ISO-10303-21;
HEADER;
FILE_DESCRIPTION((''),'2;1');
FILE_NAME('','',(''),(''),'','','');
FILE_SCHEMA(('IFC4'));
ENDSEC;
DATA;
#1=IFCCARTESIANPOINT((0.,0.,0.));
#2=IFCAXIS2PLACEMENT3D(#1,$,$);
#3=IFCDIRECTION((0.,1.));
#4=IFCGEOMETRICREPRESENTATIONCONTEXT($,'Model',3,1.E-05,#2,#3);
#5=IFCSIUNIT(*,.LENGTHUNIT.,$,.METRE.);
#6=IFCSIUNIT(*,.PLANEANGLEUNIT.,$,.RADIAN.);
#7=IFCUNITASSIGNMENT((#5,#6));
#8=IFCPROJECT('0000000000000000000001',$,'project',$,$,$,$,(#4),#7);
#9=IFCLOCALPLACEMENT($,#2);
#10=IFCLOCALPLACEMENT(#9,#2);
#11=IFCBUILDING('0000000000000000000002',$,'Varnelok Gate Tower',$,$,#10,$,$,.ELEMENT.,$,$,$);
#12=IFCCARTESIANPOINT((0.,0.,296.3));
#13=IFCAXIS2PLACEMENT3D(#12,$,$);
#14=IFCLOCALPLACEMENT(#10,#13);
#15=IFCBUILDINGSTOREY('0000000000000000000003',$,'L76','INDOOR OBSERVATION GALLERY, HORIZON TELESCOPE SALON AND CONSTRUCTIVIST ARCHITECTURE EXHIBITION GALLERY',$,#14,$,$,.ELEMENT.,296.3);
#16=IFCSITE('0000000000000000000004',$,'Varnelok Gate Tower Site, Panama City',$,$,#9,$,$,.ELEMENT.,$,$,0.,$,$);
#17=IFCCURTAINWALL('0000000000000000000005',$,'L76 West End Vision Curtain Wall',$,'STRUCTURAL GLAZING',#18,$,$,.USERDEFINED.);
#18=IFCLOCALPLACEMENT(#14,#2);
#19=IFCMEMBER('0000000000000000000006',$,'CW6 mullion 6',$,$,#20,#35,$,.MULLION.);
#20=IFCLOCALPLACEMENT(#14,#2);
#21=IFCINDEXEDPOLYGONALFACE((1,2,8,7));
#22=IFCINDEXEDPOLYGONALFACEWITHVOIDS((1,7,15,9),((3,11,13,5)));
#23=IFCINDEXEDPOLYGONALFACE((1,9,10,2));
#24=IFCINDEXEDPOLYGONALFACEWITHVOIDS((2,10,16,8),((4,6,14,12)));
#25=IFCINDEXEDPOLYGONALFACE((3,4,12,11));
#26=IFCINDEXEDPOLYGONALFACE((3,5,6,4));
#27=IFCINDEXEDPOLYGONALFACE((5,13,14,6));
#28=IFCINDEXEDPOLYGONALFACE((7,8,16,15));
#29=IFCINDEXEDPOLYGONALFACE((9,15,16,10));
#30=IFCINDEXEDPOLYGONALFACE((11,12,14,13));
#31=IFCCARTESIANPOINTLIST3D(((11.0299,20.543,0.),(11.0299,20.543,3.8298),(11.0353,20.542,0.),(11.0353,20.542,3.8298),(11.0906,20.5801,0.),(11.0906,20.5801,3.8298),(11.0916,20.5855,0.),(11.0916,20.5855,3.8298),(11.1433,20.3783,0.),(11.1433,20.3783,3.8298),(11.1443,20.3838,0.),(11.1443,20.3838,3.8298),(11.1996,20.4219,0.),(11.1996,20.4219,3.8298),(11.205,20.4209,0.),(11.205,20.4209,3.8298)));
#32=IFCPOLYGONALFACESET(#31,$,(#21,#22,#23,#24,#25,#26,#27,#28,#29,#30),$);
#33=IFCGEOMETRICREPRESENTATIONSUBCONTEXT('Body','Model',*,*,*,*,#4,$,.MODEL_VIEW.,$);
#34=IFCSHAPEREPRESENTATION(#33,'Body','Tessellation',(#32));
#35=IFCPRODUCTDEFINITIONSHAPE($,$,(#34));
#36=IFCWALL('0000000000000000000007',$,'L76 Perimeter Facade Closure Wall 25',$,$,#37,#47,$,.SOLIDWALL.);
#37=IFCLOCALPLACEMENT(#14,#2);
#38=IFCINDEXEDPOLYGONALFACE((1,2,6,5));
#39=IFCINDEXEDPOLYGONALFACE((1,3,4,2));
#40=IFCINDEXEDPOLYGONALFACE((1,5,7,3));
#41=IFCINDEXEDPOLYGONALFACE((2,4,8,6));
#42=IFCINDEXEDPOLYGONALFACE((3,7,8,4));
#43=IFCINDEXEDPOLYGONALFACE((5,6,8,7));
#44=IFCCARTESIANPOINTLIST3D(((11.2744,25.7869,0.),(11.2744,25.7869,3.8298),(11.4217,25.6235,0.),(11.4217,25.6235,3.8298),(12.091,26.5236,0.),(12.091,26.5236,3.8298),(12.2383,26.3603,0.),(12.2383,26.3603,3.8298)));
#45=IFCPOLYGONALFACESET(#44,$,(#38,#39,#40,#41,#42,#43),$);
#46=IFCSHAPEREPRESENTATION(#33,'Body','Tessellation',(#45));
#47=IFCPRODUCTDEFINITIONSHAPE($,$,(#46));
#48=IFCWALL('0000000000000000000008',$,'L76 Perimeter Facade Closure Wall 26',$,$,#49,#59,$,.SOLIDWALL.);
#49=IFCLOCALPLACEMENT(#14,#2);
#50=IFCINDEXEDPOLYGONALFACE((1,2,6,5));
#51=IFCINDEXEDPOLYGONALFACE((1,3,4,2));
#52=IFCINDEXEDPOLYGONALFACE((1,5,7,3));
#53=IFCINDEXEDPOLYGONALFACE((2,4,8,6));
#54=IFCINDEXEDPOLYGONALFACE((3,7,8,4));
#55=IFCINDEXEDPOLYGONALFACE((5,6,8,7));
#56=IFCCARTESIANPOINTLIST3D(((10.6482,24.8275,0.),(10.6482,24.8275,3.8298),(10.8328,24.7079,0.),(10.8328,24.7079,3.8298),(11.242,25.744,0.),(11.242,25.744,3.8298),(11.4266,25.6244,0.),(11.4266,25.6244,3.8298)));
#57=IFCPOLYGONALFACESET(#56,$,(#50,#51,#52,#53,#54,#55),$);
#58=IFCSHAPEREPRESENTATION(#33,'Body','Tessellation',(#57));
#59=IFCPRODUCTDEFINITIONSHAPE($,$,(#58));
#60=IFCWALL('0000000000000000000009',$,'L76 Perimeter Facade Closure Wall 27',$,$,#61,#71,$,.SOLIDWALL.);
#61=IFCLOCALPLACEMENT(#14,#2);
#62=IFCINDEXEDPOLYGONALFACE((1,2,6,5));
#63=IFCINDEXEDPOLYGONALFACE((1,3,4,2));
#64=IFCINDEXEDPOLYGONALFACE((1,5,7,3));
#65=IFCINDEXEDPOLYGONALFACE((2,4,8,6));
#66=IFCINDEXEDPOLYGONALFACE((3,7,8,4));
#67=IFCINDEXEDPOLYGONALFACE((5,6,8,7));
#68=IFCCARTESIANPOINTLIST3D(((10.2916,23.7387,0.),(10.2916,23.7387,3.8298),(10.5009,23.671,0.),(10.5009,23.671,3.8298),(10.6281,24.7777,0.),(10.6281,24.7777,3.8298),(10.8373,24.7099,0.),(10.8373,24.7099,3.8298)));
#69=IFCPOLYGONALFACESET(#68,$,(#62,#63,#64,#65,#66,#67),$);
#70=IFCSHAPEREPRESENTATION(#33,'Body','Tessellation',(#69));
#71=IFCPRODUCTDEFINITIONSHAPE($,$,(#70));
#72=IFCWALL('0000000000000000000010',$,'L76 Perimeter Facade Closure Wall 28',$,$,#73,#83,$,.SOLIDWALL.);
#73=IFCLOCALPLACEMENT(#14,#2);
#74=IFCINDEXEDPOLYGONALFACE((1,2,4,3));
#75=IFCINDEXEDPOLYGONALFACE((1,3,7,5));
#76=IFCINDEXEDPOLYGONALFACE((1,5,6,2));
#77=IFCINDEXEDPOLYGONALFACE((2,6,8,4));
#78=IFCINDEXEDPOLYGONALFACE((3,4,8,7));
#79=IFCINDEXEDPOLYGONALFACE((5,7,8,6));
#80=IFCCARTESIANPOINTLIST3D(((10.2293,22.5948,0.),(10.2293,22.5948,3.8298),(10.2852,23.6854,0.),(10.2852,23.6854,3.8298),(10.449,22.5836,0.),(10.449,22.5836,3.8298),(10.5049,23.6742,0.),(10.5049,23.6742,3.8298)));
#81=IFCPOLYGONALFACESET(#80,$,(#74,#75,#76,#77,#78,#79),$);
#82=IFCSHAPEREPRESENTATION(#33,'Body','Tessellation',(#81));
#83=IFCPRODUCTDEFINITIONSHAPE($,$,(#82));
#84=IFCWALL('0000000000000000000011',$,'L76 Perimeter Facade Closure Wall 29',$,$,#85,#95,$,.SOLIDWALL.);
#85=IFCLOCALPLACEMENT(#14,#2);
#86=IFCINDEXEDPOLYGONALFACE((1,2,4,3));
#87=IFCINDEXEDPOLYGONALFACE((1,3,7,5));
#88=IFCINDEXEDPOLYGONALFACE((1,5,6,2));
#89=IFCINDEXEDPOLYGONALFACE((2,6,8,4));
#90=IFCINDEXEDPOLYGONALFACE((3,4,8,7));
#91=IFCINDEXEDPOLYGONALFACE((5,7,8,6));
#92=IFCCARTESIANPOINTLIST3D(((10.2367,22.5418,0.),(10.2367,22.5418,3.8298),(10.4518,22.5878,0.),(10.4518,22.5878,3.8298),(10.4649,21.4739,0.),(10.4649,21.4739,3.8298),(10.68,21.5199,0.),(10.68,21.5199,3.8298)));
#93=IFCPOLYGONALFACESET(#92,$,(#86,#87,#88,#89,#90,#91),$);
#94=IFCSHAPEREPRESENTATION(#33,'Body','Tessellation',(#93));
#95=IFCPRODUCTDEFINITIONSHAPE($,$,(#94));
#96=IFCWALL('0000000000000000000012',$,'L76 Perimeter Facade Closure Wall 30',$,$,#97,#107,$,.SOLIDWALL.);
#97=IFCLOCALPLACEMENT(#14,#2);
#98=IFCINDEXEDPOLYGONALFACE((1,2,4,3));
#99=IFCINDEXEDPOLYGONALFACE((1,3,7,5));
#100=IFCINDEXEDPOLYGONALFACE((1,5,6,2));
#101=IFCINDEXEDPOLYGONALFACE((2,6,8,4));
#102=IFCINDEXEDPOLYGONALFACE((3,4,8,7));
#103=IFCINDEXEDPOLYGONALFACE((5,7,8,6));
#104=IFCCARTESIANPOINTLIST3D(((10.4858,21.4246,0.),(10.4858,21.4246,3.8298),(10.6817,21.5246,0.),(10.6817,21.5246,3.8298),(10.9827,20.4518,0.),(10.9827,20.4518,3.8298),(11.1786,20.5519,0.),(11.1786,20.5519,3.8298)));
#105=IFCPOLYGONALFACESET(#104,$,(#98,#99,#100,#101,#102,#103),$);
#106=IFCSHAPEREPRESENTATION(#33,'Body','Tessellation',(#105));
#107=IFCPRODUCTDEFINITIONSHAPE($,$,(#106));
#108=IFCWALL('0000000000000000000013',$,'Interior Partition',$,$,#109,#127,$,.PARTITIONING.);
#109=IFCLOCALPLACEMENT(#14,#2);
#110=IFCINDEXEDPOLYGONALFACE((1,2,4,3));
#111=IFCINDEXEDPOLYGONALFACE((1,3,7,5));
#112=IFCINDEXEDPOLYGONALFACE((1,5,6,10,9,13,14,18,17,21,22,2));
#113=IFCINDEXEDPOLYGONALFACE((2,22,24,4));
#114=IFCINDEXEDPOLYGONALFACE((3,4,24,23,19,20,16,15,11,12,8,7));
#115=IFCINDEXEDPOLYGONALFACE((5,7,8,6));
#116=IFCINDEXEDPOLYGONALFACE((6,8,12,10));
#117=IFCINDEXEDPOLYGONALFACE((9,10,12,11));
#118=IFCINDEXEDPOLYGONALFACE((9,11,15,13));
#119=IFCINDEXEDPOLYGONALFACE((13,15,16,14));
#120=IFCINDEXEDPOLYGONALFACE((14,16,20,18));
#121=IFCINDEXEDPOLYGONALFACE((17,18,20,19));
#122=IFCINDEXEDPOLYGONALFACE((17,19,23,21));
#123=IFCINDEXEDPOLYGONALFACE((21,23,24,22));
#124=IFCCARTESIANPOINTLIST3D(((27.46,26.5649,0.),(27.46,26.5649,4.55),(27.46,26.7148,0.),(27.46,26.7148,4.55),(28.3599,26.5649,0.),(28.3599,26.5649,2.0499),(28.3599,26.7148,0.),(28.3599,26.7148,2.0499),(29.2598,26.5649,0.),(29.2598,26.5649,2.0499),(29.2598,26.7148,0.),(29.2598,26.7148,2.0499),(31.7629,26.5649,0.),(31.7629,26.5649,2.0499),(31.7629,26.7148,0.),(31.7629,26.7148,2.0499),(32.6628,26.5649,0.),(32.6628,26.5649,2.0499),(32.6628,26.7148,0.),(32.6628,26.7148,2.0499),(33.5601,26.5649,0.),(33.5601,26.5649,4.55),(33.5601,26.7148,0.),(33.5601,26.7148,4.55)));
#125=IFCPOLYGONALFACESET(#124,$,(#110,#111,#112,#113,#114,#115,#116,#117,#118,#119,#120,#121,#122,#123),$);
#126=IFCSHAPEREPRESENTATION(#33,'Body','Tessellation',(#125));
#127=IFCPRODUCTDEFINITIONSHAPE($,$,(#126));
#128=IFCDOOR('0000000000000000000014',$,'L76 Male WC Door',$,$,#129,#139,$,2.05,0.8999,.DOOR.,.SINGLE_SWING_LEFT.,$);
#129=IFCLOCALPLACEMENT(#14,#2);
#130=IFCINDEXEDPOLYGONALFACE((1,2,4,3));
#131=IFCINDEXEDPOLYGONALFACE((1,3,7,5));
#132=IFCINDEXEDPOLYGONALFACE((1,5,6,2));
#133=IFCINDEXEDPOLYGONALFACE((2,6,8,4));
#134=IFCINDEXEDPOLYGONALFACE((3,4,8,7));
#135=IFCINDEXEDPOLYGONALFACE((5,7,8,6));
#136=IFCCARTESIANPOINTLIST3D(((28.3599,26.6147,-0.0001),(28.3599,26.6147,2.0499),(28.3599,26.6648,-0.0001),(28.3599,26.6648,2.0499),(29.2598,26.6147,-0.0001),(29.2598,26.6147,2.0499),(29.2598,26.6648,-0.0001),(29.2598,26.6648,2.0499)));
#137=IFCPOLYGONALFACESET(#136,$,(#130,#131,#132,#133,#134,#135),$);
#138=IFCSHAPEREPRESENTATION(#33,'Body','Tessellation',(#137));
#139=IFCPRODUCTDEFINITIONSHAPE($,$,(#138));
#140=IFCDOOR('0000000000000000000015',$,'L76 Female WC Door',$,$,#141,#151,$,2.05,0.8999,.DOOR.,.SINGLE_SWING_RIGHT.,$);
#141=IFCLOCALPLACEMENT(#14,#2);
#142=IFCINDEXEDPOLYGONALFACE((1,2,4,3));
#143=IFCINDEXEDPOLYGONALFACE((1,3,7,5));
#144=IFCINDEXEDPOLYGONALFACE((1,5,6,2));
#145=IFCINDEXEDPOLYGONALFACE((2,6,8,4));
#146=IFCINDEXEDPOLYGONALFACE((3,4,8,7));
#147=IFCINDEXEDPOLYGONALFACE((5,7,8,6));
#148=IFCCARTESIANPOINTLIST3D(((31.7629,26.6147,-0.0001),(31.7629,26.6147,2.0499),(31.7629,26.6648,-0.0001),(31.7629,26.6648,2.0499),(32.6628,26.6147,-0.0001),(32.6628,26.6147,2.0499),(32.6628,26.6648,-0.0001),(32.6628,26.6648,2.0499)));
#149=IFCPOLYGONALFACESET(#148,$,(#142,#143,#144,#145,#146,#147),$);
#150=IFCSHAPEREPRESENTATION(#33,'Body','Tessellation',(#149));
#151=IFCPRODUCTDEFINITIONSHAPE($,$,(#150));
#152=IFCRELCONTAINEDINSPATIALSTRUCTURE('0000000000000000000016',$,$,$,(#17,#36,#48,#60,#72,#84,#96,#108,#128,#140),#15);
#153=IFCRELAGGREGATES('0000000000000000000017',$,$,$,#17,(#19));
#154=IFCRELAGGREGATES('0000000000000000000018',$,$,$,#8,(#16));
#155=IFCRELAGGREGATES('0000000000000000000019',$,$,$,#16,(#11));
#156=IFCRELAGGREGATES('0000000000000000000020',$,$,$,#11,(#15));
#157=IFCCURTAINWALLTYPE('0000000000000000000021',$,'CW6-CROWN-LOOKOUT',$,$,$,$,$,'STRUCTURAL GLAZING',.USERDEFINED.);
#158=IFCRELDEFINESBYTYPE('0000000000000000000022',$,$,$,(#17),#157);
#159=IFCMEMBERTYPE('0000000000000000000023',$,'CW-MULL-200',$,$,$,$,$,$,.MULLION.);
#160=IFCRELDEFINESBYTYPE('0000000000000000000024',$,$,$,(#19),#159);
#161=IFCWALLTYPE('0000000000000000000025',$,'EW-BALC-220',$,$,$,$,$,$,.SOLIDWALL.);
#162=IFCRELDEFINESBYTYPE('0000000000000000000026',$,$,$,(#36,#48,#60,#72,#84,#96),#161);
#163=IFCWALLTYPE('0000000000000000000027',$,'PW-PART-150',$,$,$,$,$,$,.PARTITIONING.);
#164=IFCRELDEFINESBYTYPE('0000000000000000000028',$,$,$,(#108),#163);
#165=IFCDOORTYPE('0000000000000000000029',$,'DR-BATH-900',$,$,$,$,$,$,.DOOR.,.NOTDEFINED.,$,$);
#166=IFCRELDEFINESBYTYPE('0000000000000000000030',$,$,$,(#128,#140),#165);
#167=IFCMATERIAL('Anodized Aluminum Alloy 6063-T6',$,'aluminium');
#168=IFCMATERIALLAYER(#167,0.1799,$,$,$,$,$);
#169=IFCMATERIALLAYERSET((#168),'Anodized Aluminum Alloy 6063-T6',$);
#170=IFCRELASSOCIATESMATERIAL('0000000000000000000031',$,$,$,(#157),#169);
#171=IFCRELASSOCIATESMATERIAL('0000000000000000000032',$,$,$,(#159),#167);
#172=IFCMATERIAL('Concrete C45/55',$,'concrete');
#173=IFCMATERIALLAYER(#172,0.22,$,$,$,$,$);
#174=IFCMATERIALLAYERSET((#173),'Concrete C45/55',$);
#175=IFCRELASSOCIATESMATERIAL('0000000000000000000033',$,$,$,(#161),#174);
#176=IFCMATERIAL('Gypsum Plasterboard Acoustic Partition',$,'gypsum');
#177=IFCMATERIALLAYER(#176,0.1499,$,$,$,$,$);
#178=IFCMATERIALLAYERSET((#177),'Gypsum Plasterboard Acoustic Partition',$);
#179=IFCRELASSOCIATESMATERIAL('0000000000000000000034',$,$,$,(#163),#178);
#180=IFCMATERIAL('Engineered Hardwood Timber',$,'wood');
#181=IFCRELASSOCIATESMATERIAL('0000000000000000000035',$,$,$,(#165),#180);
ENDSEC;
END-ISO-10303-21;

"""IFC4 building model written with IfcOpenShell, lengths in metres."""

from ifc_helpers import new_model, si_unit, direction, frame, frame_2d, origin, origin_2d, place, context, subcontext, project, spatial, rectangle, hollow_rectangle, extrude, material, layer, layer_set, material_profile, profile_set, type_object, element, fill, aggregate, save


model = new_model("IFC4")

# Units and contexts
model_context = context("Model", 3, precision=1e-05, world=origin(), true_north=direction((0.0, 1.0)))
body_context = subcontext(model_context, "Body", "Model", "MODEL_VIEW")
ifc_project = project(units=[si_unit("LENGTHUNIT", "METRE"), si_unit("PLANEANGLEUNIT", "RADIAN")], contexts=[model_context])

# Site, building, storey
site_placement = place(None, origin())
site = spatial("IfcSite", under=ifc_project, at=site_placement, Name="Varnelok Gate Tower Site, Panama City", CompositionType="ELEMENT", RefElevation=0.0)
building_placement = place(site_placement, origin())
building = spatial("IfcBuilding", under=site, at=building_placement, Name="Varnelok Gate Tower", CompositionType="ELEMENT")
storey_placement = place(building_placement, frame((0.0, 0.0, 296.3)))
storey = spatial("IfcBuildingStorey", under=building, at=storey_placement, Name="L76", Description="INDOOR OBSERVATION GALLERY, HORIZON TELESCOPE SALON AND CONSTRUCTIVIST ARCHITECTURE EXHIBITION GALLERY", CompositionType="ELEMENT", Elevation=296.3)

# Curtain wall, member
ifc_material_1 = material(Name="Anodized Aluminum Alloy 6063-T6", Category="aluminium")
ifc_layer_1 = layer(ifc_material_1, 0.1799)
ifc_layer_set_1 = layer_set([ifc_layer_1], Name="Anodized Aluminum Alloy 6063-T6")
curtain_wall_type = type_object("IfcCurtainWallType", Name="CW6-CROWN-LOOKOUT", ElementType="STRUCTURAL GLAZING", PredefinedType="USERDEFINED", material=ifc_layer_set_1)
curtain_wall_placement = place(storey_placement, origin())
curtain_wall = element("IfcCurtainWall", 1, at=curtain_wall_placement, inside=storey, type_object=curtain_wall_type, Name="L76 West End Vision Curtain Wall", ObjectType="STRUCTURAL GLAZING", PredefinedType="USERDEFINED")
ifc_material_profile_1 = material_profile(ifc_material_1, hollow_rectangle(XDim=0.075, YDim=0.2, WallThickness=0.0039, at=origin_2d()), Name="ALU200X75X4")
ifc_profile_set_1 = profile_set([ifc_material_profile_1], Name="Anodized Aluminum Alloy 6063-T6")
member_type = type_object("IfcMemberType", Name="CW-MULL-200", PredefinedType="MULLION", material=ifc_profile_set_1)
member_placement = place(storey_placement, frame((11.1174, 20.4819, 0.0), z_axis=(0.0, 0.0, 1.0), x_axis=(-0.823532, -0.56727, 0.0)))
member = element("IfcMember", 2, at=member_placement, type_object=member_type, Name="CW6 mullion 6", PredefinedType="MULLION", context=body_context, shape_type="SweptSolid", body=[
    extrude(hollow_rectangle(XDim=0.075, YDim=0.2, WallThickness=0.0039, at=origin_2d()), origin(), (0.0, 0.0, 1.0), 3.8298),
])
aggregate(curtain_wall, [member])

# Walls
ifc_material_2 = material(Name="Concrete C45/55", Category="concrete")
ifc_layer_2 = layer(ifc_material_2, 0.22)
ifc_layer_set_2 = layer_set([ifc_layer_2], Name="Concrete C45/55")
wall_type_1 = type_object("IfcWallType", Name="EW-BALC-220", PredefinedType="SOLIDWALL", material=ifc_layer_set_2)
wall_1_placement = place(storey_placement, frame((12.1646, 26.4419, 0.0), z_axis=(0.0, 0.0, 1.0), x_axis=(-0.742466, -0.669884, 0.0)))
element("IfcWall", 3, at=wall_1_placement, inside=storey, type_object=wall_type_1, Name="L76 Perimeter Facade Closure Wall 25", PredefinedType="SOLIDWALL", context=body_context, shape_type="SweptSolid", body=[
    extrude(rectangle(XDim=1.0999, YDim=0.22, at=frame_2d((0.5498, 0.0))), origin(), (0.0, 0.0, 1.0), 3.8298),
])
for number, where, z_axis, x_axis, name in (
    (4, (11.3342, 25.6841, 0.0), (0.0, 0.0, 1.0), (-0.543715, -0.83927, 0.0), "L76 Perimeter Facade Closure Wall 26"),
    (5, (10.7327, 24.7437, 0.0), (0.0, 0.0, 1.0), (-0.3081, -0.951354, 0.0), "L76 Perimeter Facade Closure Wall 27"),
    (6, (10.395, 23.6797, 0.0), (0.0, 0.0, 1.0), (-0.051198, -0.998689, 0.0), "L76 Perimeter Facade Closure Wall 28"),
    (7, (10.3442, 22.5647, 0.0), (0.0, 0.0, 1.0), (0.20904, -0.977907, 0.0), "L76 Perimeter Facade Closure Wall 29"),
):
    element("IfcWall", number, at=place(storey_placement, frame(where, z_axis=z_axis, x_axis=x_axis)), inside=storey, type_object=wall_type_1, Name=name, PredefinedType="SOLIDWALL", context=body_context, shape_type="SweptSolid", body=[
        extrude(rectangle(XDim=1.092, YDim=0.22, at=frame_2d((0.5459, 0.0))), origin(), (0.0, 0.0, 1.0), 3.8298),
    ])
wall_2_placement = place(storey_placement, frame((10.5837, 21.4746, 0.0), z_axis=(0.0, 0.0, 1.0), x_axis=(0.454887, -0.890549, 0.0)))
element("IfcWall", 8, at=wall_2_placement, inside=storey, type_object=wall_type_1, Name="L76 Perimeter Facade Closure Wall 30", PredefinedType="SOLIDWALL", context=body_context, shape_type="SweptSolid", body=[
    extrude(rectangle(XDim=1.0923, YDim=0.22, at=frame_2d((0.5461, 0.0))), origin(), (0.0, 0.0, 1.0), 3.8298),
])

# Wall, openings, doors
ifc_material_3 = material(Name="Gypsum Plasterboard Acoustic Partition", Category="gypsum")
ifc_layer_3 = layer(ifc_material_3, 0.1499)
ifc_layer_set_3 = layer_set([ifc_layer_3], Name="Gypsum Plasterboard Acoustic Partition")
wall_type_2 = type_object("IfcWallType", Name="PW-PART-150", PredefinedType="PARTITIONING", material=ifc_layer_set_3)
wall_3_placement = place(storey_placement, frame((27.46, 26.6399, 0.0), z_axis=(0.0, 0.0, 1.0), x_axis=(1.0, 0.0, 0.0)))
wall_3 = element("IfcWall", 9, at=wall_3_placement, inside=storey, type_object=wall_type_2, Name="Interior Partition", PredefinedType="PARTITIONING", context=body_context, shape_type="SweptSolid", body=[
    extrude(rectangle(XDim=6.1001, YDim=0.1499, at=frame_2d((3.05, 0.0))), origin(), (0.0, 0.0, 1.0), 4.55),
])
opening_1_placement = place(wall_3_placement, frame((0.8999, 0.0, 0.0)))
opening_1 = element("IfcOpeningElement", 10, at=opening_1_placement, cuts=wall_3, PredefinedType="OPENING", context=body_context, shape_type="SweptSolid", body=[
    extrude(rectangle(XDim=0.8999, YDim=2.05, at=frame_2d((0.45, 1.0249))), frame((0.0, 0.085, 0.0), z_axis=(0.0, -1.0, 0.0), x_axis=(1.0, 0.0, 0.0)), (0.0, 0.0, 1.0), 0.1699),
])
opening_2_placement = place(wall_3_placement, frame((4.303, 0.0, 0.0)))
opening_2 = element("IfcOpeningElement", 11, at=opening_2_placement, cuts=wall_3, PredefinedType="OPENING", context=body_context, shape_type="SweptSolid", body=[
    extrude(rectangle(XDim=0.8999, YDim=2.05, at=frame_2d((0.45, 1.0249))), frame((0.0, 0.085, 0.0), z_axis=(0.0, -1.0, 0.0), x_axis=(1.0, 0.0, 0.0)), (0.0, 0.0, 1.0), 0.1699),
])
ifc_material_4 = material(Name="Engineered Hardwood Timber", Category="wood")
door_type_1 = type_object("IfcDoorType", Name="DR-BATH-900", OperationType="NOTDEFINED", PredefinedType="DOOR", material=ifc_material_4)
door_1_placement = place(opening_1_placement, origin())
door_1 = element("IfcDoor", 12, at=door_1_placement, inside=storey, type_object=door_type_1, Name="L76 Male WC Door", OperationType="SINGLE_SWING_LEFT", OverallHeight=2.05, OverallWidth=0.8999, PredefinedType="DOOR", context=body_context, shape_type="SweptSolid", body=[
    extrude(rectangle(XDim=0.8999, YDim=2.05, at=frame_2d((0.45, 1.0249))), frame((0.0, 0.0249, 0.0), z_axis=(0.0, -1.0, 0.0), x_axis=(1.0, 0.0, 0.0)), (0.0, 0.0, 1.0), 0.05),
])
fill(opening_1, door_1)
door_2_placement = place(opening_2_placement, origin())
door_2 = element("IfcDoor", 13, at=door_2_placement, inside=storey, type_object=door_type_1, Name="L76 Female WC Door", OperationType="SINGLE_SWING_RIGHT", OverallHeight=2.05, OverallWidth=0.8999, PredefinedType="DOOR", context=body_context, shape_type="SweptSolid", body=[
    extrude(rectangle(XDim=0.8999, YDim=2.05, at=frame_2d((0.45, 1.0249))), frame((0.0, 0.0249, 0.0), z_axis=(0.0, -1.0, 0.0), x_axis=(1.0, 0.0, 0.0)), (0.0, 0.0, 1.0), 0.05),
])
fill(opening_2, door_2)

save(model, "model.ifc")
